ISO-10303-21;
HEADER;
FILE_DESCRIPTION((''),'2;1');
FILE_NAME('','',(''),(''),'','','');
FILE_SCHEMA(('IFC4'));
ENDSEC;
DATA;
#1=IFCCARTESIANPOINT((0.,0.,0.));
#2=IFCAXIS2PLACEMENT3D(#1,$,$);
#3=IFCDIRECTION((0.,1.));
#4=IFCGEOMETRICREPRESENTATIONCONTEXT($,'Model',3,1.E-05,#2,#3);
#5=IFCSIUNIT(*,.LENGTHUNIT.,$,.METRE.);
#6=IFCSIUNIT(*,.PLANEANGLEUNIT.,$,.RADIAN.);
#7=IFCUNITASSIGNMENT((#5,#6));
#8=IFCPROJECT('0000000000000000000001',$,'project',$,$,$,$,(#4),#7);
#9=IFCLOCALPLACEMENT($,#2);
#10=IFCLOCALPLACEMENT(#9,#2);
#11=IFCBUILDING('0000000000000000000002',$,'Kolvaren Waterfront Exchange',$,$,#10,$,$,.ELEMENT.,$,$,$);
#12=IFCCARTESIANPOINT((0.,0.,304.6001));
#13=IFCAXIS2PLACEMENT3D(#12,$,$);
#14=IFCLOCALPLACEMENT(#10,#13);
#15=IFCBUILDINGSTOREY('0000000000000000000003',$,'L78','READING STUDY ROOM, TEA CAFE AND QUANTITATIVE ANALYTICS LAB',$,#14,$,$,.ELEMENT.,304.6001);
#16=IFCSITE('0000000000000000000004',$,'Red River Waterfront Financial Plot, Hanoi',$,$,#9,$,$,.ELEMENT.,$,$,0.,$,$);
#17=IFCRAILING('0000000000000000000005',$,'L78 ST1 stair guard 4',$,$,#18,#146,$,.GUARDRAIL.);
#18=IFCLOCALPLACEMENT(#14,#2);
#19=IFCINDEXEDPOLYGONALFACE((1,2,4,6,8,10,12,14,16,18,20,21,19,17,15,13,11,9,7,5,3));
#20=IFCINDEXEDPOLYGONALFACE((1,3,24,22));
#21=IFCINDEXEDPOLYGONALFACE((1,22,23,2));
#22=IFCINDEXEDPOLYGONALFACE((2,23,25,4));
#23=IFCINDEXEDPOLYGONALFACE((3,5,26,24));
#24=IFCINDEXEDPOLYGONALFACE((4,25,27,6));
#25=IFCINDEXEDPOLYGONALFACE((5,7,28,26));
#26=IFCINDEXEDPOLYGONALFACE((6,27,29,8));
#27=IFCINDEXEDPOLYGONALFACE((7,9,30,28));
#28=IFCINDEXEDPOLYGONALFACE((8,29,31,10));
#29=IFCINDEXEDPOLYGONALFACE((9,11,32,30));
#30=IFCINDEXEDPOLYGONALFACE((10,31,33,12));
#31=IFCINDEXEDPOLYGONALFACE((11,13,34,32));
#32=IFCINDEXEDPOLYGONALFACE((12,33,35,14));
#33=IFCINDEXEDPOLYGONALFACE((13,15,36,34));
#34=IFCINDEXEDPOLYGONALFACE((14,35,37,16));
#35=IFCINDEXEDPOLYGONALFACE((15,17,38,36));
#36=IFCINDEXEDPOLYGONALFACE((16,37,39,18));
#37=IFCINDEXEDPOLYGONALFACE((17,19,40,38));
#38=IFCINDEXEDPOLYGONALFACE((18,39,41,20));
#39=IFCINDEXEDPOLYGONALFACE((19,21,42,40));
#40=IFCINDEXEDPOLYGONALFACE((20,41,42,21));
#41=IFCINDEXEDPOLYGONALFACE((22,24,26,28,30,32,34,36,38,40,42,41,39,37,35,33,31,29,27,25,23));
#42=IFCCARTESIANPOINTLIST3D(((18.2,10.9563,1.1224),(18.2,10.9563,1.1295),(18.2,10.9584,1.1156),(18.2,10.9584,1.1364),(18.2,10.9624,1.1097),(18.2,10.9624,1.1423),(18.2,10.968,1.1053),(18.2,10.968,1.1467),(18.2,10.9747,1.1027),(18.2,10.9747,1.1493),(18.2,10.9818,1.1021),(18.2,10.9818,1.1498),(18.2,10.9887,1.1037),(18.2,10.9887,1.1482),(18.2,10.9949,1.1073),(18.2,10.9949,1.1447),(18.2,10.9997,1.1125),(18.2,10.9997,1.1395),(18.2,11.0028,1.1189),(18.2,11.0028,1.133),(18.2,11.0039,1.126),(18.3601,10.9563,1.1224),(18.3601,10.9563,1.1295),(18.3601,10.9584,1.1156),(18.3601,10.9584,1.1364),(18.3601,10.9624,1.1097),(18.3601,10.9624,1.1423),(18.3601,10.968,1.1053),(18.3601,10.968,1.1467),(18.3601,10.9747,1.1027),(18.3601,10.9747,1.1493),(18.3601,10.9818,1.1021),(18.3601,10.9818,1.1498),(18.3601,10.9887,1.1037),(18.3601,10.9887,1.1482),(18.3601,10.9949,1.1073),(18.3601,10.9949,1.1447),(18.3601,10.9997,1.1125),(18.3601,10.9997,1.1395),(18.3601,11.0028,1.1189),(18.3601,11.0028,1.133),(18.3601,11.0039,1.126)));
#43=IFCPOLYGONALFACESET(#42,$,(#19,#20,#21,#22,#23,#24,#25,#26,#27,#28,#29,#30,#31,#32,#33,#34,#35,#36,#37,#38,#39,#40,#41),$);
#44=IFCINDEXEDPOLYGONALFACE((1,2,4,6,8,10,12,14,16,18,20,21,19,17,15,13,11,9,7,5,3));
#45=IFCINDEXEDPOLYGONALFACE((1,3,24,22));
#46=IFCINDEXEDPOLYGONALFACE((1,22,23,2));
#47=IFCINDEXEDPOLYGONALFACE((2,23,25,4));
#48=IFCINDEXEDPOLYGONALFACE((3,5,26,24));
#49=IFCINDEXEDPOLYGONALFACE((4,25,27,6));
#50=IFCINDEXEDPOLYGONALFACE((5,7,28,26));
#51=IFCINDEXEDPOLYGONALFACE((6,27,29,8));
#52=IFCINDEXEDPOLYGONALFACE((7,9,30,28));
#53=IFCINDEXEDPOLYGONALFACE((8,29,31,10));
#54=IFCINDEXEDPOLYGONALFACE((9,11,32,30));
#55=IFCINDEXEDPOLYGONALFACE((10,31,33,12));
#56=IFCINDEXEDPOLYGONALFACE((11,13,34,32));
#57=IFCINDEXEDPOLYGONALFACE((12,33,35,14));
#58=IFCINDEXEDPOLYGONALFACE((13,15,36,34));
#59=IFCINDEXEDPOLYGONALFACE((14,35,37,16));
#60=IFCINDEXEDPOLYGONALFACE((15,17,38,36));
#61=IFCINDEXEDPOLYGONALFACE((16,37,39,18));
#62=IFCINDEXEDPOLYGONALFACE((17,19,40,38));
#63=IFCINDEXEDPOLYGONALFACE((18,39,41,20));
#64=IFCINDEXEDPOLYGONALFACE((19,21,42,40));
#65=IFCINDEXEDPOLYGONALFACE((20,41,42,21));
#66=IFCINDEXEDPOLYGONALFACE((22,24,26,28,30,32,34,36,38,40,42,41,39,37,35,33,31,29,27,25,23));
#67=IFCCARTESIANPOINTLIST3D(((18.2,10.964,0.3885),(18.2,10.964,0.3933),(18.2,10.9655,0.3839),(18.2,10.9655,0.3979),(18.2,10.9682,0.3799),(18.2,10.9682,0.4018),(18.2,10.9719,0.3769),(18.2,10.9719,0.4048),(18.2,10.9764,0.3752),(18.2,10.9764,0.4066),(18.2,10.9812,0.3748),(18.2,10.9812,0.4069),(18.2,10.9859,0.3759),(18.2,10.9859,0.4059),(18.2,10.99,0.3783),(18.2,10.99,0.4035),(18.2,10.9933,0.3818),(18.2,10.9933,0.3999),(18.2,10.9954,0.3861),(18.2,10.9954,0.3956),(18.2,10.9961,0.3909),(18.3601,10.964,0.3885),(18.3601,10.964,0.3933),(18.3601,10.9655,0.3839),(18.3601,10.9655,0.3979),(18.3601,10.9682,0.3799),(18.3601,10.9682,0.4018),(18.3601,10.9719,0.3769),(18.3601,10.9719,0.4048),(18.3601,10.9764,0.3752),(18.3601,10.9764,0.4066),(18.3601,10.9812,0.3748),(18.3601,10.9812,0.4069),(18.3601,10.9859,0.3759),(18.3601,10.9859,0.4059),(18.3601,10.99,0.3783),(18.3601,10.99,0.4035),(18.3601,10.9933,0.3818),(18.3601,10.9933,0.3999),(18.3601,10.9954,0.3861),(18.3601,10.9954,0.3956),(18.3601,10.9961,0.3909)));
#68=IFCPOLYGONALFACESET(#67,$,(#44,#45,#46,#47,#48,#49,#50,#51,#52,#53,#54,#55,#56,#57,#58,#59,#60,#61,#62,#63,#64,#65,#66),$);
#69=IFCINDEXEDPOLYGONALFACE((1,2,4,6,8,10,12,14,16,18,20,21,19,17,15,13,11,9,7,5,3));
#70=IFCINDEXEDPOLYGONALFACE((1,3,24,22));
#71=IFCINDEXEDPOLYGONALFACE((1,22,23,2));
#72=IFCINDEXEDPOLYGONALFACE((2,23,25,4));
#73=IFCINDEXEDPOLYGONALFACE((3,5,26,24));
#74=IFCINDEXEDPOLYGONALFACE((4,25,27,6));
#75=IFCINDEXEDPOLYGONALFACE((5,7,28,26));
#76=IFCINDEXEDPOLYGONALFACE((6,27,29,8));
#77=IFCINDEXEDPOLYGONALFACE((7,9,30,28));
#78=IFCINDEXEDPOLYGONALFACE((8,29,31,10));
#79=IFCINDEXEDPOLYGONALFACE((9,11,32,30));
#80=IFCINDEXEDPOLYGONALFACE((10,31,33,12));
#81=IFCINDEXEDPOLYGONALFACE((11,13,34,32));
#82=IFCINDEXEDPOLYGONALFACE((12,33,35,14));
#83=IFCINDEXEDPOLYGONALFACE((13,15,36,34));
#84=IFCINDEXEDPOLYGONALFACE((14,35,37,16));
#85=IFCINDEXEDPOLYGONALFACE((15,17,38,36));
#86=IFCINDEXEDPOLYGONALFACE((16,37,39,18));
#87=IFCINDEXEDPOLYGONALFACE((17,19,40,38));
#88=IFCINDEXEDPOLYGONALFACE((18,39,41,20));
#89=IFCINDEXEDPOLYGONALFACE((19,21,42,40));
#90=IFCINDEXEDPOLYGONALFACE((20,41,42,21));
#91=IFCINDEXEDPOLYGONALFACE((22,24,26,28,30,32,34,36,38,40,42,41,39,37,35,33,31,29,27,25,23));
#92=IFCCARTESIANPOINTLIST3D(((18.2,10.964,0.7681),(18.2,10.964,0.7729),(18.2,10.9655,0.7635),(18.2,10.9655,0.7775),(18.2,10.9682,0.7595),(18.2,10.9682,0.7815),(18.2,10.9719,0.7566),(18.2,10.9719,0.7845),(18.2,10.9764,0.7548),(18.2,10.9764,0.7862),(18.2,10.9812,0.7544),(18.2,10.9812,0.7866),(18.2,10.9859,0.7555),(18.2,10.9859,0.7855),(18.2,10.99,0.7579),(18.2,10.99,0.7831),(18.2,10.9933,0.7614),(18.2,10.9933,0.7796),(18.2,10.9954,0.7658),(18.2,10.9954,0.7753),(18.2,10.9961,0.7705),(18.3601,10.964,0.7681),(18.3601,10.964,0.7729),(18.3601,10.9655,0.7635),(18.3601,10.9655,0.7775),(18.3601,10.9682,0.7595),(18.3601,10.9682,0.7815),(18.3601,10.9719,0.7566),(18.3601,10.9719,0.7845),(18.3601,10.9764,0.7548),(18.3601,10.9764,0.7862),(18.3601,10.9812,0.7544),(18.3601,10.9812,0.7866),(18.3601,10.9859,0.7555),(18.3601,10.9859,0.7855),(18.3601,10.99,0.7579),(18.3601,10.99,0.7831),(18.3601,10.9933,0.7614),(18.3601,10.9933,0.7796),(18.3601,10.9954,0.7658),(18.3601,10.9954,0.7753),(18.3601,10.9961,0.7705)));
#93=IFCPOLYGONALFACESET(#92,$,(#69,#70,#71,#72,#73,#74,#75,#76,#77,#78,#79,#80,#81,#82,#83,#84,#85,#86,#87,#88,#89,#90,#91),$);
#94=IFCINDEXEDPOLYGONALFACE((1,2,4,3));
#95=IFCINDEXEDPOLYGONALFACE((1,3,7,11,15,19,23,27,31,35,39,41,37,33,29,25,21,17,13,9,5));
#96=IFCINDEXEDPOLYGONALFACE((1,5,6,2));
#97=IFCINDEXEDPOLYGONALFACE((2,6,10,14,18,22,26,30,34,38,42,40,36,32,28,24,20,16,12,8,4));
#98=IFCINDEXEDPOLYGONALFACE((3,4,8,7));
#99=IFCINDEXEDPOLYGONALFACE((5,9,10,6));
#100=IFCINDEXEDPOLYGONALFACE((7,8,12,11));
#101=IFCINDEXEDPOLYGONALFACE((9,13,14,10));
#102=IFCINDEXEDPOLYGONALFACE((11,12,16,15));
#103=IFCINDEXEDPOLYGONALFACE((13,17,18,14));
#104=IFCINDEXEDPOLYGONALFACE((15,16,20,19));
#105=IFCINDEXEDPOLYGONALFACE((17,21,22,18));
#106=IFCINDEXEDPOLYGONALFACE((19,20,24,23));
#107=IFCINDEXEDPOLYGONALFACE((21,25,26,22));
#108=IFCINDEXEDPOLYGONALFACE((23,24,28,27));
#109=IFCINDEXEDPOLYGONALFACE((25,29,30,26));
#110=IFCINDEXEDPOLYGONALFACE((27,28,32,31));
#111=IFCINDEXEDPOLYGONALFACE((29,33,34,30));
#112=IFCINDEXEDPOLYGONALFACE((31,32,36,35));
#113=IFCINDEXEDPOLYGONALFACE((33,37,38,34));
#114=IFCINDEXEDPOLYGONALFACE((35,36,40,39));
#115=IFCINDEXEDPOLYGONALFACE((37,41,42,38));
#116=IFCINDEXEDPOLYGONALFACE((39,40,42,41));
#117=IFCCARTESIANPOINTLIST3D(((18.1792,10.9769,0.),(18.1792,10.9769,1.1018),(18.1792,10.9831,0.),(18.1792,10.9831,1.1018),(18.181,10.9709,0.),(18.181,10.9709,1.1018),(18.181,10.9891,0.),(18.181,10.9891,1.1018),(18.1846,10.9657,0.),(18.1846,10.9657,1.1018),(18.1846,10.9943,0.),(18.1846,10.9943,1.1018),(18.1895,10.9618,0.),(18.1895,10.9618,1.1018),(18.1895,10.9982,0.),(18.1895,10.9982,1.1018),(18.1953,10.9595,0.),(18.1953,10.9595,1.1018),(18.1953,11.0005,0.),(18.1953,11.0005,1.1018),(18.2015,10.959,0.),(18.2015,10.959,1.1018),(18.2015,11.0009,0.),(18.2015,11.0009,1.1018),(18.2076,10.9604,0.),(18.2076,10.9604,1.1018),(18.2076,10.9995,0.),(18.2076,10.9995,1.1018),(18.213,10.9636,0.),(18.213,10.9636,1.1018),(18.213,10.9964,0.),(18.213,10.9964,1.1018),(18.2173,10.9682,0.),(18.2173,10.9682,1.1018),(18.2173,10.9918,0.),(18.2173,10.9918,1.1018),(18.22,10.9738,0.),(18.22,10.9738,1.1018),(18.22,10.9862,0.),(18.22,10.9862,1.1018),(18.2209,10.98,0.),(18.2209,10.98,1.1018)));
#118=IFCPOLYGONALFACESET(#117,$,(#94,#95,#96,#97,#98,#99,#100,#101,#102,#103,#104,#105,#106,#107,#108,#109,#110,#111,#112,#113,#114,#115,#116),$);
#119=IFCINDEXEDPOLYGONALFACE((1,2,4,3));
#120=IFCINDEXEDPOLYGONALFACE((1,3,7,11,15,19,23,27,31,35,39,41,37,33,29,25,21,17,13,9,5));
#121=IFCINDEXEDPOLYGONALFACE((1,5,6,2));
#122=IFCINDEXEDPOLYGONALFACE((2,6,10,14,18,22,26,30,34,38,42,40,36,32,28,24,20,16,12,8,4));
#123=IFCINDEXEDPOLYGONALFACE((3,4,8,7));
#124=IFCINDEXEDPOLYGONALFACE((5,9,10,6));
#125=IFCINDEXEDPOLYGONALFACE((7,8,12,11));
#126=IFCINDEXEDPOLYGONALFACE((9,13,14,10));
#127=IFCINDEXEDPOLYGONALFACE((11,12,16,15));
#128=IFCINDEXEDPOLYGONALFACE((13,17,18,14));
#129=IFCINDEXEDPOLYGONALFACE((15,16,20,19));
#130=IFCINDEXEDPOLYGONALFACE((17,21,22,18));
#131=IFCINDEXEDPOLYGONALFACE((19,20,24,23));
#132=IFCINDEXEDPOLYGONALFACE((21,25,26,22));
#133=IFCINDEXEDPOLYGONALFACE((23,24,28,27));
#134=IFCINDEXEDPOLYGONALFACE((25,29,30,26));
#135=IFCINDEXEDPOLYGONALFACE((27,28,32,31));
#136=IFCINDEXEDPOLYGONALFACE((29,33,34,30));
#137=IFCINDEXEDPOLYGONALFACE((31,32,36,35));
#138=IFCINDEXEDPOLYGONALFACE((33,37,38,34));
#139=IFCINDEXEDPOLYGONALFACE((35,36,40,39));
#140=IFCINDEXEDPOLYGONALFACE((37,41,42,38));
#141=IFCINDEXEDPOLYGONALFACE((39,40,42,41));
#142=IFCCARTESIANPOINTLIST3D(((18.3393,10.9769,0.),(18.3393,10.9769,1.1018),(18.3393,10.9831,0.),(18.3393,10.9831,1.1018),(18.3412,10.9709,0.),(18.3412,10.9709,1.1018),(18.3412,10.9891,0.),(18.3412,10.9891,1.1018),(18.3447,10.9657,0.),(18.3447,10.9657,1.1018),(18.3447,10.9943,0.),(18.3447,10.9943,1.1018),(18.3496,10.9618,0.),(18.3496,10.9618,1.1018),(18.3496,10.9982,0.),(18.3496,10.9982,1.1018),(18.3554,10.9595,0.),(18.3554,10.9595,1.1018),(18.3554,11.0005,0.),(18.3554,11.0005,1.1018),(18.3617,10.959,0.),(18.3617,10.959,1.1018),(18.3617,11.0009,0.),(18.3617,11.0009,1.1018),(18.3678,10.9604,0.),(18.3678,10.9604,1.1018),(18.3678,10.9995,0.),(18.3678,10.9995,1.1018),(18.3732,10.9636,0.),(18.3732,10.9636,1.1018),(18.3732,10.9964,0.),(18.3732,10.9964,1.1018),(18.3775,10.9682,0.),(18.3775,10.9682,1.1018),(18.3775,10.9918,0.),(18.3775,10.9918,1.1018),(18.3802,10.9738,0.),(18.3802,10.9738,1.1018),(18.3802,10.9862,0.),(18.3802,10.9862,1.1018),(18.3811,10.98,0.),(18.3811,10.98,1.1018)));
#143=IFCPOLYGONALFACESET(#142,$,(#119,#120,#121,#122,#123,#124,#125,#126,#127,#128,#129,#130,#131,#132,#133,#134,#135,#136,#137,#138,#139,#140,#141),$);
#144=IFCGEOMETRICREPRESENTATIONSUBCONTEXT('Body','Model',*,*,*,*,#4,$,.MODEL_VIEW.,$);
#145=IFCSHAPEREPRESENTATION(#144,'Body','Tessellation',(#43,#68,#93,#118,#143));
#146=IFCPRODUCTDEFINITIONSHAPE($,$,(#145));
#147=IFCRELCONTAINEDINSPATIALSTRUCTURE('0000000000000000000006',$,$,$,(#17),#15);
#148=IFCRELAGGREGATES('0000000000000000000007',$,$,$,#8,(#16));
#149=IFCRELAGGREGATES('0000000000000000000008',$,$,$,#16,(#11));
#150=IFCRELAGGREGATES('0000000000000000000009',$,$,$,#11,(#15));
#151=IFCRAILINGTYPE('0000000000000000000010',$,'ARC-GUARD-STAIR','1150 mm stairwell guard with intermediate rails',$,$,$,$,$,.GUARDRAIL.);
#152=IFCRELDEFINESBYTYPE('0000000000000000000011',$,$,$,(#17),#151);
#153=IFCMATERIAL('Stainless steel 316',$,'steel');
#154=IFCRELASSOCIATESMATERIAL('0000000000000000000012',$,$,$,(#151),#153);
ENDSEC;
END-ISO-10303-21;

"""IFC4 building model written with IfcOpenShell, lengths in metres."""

from ifc_helpers import new_model, si_unit, direction, frame, origin, origin_2d, place, context, subcontext, project, spatial, circle, extrude, material, type_object, element, save


model = new_model("IFC4")

# Units and contexts
model_context = context("Model", 3, precision=1e-05, world=origin(), true_north=direction((0.0, 1.0)))
body_context = subcontext(model_context, "Body", "Model", "MODEL_VIEW")
ifc_project = project(units=[si_unit("LENGTHUNIT", "METRE"), si_unit("PLANEANGLEUNIT", "RADIAN")], contexts=[model_context])

# Site, building, storey
site_placement = place(None, origin())
site = spatial("IfcSite", under=ifc_project, at=site_placement, Name="Red River Waterfront Financial Plot, Hanoi", CompositionType="ELEMENT", RefElevation=0.0)
building_placement = place(site_placement, origin())
building = spatial("IfcBuilding", under=site, at=building_placement, Name="Kolvaren Waterfront Exchange", CompositionType="ELEMENT")
storey_placement = place(building_placement, frame((0.0, 0.0, 304.6001)))
storey = spatial("IfcBuildingStorey", under=building, at=storey_placement, Name="L78", Description="READING STUDY ROOM, TEA CAFE AND QUANTITATIVE ANALYTICS LAB", CompositionType="ELEMENT", Elevation=304.6001)

# Railing
ifc_material_1 = material(Name="Stainless steel 316", Category="steel")
railing_type_1 = type_object("IfcRailingType", Name="ARC-GUARD-STAIR", Description="1150 mm stairwell guard with intermediate rails", PredefinedType="GUARDRAIL", material=ifc_material_1)
railing_1_placement = place(storey_placement, frame((18.2, 10.98, 0.0)))
element("IfcRailing", 1, at=railing_1_placement, inside=storey, type_object=railing_type_1, Name="L78 ST1 stair guard 4", PredefinedType="GUARDRAIL", context=body_context, shape_type="SweptSolid", body=[
    extrude(circle(Radius=0.0239, at=origin_2d()), frame((0.0, 0.0, 1.126), z_axis=(1.0, 0.0, 0.0), x_axis=(0.0, 1.0, 0.0)), (0.0, 0.0, 1.0), 0.1602),
    extrude(circle(Radius=0.0161, at=origin_2d()), frame((0.0, 0.0, 0.3909), z_axis=(1.0, 0.0, 0.0), x_axis=(0.0, 1.0, 0.0)), (0.0, 0.0, 1.0), 0.1602),
    extrude(circle(Radius=0.0161, at=origin_2d()), frame((0.0, 0.0, 0.7705), z_axis=(1.0, 0.0, 0.0), x_axis=(0.0, 1.0, 0.0)), (0.0, 0.0, 1.0), 0.1602),
    extrude(circle(Radius=0.021, at=origin_2d()), origin(), (0.0, 0.0, 1.0), 1.1018),
    extrude(circle(Radius=0.021, at=origin_2d()), frame((0.1602, 0.0, 0.0)), (0.0, 0.0, 1.0), 1.1018),
])

save(model, "model.ifc")
